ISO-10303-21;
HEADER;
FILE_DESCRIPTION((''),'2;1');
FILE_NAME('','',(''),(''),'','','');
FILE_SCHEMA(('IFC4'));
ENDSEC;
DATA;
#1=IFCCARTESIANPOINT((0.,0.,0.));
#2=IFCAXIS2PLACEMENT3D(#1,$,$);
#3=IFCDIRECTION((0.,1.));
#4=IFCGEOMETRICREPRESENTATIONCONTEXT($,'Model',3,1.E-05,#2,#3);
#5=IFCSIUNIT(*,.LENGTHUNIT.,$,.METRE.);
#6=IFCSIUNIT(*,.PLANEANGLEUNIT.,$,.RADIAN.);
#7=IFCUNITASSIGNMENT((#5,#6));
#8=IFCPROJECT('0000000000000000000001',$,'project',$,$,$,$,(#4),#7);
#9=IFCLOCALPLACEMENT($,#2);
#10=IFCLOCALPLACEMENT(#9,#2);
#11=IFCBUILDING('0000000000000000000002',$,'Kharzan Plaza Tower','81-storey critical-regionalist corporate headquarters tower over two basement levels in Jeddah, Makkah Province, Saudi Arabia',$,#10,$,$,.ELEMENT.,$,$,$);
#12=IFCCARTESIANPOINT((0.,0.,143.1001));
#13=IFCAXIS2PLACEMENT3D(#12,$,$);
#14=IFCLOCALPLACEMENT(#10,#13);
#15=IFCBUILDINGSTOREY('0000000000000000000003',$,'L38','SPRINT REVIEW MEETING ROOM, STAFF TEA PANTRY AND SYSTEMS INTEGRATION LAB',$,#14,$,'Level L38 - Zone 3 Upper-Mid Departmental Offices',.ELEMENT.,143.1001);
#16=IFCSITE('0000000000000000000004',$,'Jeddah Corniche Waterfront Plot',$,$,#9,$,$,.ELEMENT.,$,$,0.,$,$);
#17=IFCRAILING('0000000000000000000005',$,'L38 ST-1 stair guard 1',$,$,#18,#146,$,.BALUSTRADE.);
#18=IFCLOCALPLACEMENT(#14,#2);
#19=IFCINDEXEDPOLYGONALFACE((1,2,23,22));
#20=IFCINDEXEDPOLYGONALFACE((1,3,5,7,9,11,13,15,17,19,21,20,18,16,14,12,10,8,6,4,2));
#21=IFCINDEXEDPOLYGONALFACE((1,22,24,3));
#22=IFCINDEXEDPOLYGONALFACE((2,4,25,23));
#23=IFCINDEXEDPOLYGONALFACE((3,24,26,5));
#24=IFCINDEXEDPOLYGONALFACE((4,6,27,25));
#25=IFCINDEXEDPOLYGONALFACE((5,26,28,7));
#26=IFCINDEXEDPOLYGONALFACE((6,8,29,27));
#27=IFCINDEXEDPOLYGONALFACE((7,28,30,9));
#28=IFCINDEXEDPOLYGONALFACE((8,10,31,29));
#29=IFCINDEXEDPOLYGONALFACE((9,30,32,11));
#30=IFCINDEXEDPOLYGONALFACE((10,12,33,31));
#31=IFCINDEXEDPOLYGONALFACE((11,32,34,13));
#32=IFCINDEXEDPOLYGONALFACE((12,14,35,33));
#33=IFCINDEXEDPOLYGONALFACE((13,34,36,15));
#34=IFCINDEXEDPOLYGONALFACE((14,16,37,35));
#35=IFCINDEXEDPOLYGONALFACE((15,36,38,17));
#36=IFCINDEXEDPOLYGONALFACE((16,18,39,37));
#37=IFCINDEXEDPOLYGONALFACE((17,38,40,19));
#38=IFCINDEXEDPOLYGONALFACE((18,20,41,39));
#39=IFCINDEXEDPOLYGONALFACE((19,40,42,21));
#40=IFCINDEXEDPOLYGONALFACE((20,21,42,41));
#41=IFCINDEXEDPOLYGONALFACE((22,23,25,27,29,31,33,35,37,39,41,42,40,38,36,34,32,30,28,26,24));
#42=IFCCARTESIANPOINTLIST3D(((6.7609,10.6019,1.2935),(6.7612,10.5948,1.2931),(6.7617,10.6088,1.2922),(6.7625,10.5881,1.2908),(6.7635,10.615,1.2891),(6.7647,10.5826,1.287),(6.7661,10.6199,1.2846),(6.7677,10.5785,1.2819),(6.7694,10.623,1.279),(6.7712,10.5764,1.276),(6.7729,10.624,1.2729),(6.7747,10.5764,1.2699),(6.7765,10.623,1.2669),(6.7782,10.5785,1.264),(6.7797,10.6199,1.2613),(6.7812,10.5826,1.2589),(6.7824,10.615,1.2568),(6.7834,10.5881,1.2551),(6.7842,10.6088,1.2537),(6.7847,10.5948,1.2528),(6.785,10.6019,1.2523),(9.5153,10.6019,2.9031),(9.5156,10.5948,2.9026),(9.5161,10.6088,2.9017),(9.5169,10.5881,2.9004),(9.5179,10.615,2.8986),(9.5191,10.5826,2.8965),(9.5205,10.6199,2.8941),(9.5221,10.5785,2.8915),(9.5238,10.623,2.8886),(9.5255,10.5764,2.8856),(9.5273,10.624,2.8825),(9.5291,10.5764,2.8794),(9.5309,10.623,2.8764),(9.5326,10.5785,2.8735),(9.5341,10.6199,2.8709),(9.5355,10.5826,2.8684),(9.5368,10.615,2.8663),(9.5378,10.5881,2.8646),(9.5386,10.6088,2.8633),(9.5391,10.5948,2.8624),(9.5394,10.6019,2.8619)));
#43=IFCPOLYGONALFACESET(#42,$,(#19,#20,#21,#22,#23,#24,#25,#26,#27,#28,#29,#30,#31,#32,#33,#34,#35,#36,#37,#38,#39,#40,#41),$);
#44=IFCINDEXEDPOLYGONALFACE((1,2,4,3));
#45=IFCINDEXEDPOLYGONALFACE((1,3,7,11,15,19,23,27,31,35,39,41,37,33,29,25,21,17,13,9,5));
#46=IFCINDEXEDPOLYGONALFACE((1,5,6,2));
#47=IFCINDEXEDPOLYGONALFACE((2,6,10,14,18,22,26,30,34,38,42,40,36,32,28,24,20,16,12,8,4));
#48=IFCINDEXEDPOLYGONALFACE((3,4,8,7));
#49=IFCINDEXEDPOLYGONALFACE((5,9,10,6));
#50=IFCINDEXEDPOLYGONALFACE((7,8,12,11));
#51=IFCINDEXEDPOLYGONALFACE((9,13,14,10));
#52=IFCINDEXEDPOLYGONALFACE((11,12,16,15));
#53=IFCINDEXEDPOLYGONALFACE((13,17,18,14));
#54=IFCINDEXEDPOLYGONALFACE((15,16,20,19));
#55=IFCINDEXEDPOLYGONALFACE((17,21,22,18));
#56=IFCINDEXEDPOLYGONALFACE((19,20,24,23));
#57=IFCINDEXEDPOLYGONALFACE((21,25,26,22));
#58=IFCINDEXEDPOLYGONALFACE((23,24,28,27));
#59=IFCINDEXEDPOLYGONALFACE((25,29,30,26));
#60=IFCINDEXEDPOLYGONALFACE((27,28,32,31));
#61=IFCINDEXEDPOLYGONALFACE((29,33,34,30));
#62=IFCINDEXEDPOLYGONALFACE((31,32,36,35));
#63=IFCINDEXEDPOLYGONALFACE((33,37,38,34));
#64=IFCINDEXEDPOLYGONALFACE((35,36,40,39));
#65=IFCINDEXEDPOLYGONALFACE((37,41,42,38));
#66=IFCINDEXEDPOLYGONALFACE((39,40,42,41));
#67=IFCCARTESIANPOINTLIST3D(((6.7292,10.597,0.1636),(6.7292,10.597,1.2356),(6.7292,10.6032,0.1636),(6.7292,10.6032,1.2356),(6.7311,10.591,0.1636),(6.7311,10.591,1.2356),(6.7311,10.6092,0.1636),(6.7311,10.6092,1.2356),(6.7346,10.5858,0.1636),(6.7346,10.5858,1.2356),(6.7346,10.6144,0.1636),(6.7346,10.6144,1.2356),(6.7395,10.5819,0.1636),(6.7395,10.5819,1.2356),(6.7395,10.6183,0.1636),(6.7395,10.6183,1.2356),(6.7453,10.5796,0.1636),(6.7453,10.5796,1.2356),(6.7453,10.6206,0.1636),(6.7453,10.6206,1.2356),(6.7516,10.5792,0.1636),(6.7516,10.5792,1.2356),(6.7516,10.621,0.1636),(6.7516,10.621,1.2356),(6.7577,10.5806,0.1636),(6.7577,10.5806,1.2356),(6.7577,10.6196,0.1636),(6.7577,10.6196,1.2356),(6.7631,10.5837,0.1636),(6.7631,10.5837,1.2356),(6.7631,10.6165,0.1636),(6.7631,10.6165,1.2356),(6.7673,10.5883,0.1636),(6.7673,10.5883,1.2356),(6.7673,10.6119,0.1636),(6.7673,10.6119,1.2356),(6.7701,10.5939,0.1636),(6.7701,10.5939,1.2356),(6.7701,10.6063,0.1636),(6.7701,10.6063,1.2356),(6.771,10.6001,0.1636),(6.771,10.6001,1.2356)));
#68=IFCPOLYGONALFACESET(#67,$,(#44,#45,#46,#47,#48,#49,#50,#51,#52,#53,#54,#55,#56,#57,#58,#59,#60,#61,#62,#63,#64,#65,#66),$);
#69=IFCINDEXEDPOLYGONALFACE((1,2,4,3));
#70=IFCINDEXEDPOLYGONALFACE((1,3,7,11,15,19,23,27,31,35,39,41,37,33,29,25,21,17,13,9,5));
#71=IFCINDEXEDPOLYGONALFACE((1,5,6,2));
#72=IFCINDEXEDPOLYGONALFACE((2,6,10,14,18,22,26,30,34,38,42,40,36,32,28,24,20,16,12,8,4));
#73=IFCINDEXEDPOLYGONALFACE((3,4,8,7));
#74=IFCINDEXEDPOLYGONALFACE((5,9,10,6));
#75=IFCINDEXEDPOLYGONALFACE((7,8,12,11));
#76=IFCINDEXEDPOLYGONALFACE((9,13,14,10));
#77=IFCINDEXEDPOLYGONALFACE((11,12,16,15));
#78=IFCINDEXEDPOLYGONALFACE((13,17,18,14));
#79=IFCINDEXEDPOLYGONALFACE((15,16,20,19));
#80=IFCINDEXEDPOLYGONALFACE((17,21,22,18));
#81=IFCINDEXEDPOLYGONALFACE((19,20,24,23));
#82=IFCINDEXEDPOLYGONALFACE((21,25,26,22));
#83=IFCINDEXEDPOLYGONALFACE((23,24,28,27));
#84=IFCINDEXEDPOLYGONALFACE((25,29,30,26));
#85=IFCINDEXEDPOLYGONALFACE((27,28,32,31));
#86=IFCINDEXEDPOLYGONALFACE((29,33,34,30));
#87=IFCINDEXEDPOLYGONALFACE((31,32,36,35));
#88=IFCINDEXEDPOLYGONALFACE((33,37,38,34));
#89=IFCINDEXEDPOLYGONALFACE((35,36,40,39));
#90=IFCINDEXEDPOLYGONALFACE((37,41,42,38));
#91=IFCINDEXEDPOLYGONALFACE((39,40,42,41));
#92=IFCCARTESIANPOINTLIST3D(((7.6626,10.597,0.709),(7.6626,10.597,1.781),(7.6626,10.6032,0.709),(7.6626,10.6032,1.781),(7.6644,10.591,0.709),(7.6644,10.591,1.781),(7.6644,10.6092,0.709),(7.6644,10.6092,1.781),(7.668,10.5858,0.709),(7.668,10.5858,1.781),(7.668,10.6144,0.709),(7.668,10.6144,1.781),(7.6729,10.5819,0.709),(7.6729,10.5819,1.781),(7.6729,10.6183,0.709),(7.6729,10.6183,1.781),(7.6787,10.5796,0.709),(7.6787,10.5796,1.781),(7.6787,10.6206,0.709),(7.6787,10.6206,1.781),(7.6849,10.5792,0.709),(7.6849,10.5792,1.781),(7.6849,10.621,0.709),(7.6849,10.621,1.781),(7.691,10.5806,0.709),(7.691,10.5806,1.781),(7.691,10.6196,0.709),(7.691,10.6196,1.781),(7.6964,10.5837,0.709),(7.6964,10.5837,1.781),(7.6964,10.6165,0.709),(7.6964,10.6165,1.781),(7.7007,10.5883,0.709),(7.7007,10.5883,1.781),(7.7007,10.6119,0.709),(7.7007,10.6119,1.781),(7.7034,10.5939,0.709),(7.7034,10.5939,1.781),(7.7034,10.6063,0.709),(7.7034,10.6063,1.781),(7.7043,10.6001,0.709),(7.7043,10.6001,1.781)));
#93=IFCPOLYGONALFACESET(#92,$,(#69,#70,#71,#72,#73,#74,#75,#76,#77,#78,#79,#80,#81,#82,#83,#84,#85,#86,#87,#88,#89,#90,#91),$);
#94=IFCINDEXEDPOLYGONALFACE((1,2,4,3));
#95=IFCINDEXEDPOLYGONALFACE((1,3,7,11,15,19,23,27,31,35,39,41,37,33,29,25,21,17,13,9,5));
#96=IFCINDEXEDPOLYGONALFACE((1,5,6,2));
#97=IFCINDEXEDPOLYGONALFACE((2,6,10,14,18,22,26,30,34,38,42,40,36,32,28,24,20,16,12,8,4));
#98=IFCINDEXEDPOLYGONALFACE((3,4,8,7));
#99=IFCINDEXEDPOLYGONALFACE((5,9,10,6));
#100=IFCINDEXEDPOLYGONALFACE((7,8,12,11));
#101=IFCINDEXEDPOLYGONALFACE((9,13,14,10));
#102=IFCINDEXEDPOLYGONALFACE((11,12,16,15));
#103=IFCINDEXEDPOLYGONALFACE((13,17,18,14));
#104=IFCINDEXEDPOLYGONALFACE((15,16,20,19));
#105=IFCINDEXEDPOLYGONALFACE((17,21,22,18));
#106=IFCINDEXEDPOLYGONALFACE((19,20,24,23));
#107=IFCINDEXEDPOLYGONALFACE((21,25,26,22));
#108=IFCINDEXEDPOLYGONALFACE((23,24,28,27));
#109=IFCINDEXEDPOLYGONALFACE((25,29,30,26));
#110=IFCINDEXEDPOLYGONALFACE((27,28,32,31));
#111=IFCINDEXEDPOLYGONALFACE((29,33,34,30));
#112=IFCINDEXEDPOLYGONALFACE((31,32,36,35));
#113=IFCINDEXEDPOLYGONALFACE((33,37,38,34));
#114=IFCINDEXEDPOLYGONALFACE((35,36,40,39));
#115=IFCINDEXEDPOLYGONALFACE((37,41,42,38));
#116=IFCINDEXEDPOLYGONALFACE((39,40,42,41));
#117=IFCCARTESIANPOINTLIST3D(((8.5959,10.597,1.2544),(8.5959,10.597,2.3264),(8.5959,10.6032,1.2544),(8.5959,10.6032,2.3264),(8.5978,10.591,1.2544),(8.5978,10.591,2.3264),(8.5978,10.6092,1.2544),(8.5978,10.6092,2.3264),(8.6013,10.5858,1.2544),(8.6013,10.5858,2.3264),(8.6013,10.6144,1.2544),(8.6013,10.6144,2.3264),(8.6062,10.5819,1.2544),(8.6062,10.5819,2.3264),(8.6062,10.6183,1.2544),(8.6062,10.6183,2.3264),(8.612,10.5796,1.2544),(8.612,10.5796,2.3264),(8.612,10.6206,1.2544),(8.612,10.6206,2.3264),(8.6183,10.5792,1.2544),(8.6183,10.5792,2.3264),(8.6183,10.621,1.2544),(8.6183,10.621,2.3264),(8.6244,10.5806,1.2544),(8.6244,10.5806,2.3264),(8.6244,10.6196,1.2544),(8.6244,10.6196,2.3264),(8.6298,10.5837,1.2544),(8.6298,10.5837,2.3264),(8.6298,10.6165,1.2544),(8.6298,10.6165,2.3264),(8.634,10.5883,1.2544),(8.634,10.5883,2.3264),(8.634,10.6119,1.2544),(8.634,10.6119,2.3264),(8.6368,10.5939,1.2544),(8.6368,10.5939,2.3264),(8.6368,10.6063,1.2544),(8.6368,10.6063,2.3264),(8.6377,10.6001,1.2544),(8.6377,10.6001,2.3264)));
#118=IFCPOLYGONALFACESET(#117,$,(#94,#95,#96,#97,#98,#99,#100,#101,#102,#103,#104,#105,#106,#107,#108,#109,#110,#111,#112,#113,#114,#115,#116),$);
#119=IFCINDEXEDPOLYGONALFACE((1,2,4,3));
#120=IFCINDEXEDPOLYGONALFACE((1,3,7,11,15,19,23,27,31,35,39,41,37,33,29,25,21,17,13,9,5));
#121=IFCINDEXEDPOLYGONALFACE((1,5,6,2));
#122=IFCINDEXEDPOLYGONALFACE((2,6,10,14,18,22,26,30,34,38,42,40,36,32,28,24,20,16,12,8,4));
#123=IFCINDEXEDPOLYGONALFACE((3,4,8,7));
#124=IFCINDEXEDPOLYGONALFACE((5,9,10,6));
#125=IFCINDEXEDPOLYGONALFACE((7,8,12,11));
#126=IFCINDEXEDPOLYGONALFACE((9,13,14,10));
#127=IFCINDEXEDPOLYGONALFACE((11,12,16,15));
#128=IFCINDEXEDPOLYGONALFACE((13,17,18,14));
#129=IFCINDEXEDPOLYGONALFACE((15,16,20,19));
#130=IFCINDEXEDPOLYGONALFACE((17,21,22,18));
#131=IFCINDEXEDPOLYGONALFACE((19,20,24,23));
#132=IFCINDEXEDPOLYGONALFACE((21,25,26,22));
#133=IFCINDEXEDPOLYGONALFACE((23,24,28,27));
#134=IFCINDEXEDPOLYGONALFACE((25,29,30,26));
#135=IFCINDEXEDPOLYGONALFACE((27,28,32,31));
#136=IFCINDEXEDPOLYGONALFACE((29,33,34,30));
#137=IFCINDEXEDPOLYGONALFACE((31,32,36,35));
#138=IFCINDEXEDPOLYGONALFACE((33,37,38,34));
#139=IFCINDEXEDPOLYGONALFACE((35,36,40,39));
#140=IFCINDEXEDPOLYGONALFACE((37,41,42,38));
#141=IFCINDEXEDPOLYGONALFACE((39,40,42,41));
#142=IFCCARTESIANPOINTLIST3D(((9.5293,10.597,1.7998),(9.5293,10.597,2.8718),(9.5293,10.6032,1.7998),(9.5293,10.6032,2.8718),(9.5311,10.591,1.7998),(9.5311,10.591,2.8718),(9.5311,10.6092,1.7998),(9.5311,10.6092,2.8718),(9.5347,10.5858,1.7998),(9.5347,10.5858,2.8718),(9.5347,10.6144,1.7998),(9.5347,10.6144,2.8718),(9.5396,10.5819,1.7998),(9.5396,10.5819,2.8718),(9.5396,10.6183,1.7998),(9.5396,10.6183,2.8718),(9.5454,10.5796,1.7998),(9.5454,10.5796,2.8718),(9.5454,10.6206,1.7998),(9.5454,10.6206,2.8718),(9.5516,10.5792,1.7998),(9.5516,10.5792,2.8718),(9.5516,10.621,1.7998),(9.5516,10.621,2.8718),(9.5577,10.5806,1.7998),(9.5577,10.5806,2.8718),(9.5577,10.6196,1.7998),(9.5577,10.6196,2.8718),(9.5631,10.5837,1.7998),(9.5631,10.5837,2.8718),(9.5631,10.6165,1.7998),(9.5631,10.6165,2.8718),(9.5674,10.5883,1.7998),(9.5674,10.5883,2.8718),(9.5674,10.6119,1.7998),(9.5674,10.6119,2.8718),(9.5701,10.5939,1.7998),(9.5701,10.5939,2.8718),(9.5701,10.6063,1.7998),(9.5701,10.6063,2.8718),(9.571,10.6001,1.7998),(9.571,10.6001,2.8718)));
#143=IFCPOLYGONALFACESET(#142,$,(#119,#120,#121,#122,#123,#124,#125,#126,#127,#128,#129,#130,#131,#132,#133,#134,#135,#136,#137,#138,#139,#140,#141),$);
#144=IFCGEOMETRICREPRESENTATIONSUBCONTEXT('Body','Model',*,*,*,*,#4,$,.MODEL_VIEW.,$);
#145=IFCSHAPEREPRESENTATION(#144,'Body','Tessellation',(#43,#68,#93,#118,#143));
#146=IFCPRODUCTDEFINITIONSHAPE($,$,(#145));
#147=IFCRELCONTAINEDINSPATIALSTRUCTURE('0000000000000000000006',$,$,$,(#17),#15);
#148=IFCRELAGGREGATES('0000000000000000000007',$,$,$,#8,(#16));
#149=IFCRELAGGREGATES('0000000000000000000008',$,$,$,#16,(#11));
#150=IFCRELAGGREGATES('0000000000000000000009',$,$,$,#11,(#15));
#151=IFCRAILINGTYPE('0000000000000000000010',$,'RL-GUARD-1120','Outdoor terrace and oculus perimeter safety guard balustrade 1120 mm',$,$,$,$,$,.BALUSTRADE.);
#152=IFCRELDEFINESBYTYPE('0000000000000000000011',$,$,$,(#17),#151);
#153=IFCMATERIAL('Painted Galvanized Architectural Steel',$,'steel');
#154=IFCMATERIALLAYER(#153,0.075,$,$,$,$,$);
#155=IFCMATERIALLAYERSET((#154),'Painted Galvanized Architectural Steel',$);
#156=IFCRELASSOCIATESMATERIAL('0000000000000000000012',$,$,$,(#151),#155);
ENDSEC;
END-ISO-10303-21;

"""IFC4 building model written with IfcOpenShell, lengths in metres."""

from ifc_helpers import new_model, si_unit, direction, frame, origin, origin_2d, place, context, subcontext, project, spatial, circle, extrude, source, transform, mapped, material, layer, layer_set, type_object, element, save


model = new_model("IFC4")

# Units and contexts
model_context = context("Model", 3, precision=1e-05, world=origin(), true_north=direction((0.0, 1.0)))
body_context = subcontext(model_context, "Body", "Model", "MODEL_VIEW")
ifc_project = project(units=[si_unit("LENGTHUNIT", "METRE"), si_unit("PLANEANGLEUNIT", "RADIAN")], contexts=[model_context])

# Site, building, storey
site_placement = place(None, origin())
site = spatial("IfcSite", under=ifc_project, at=site_placement, Name="Jeddah Corniche Waterfront Plot", CompositionType="ELEMENT", RefElevation=0.0)
building_placement = place(site_placement, origin())
building = spatial("IfcBuilding", under=site, at=building_placement, Name="Kharzan Plaza Tower", Description="81-storey critical-regionalist corporate headquarters tower over two basement levels in Jeddah, Makkah Province, Saudi Arabia", CompositionType="ELEMENT")
storey_placement = place(building_placement, frame((0.0, 0.0, 143.1001)))
storey = spatial("IfcBuildingStorey", under=building, at=storey_placement, Name="L38", Description="SPRINT REVIEW MEETING ROOM, STAFF TEA PANTRY AND SYSTEMS INTEGRATION LAB", LongName="Level L38 - Zone 3 Upper-Mid Departmental Offices", CompositionType="ELEMENT", Elevation=143.1001)

# Shared definitions
ifc_material_1 = material(Name="Painted Galvanized Architectural Steel", Category="steel")
ifc_layer_1 = layer(ifc_material_1, 0.075)
ifc_layer_set_1 = layer_set([ifc_layer_1], Name="Painted Galvanized Architectural Steel")
railing_type = type_object("IfcRailingType", Name="RL-GUARD-1120", Description="Outdoor terrace and oculus perimeter safety guard balustrade 1120 mm", PredefinedType="BALUSTRADE", material=ifc_layer_set_1)

# Railing
shared_shape_1 = source(origin(), body_context, "Body", "SweptSolid", [
    extrude(circle(Radius=0.0239, at=origin_2d()), frame((0.0229, 0.0, 1.1094), z_axis=(0.863394, 0.0, 0.504531), x_axis=(0.0, 1.0, 0.0)), (0.0, 0.0, 1.0), 3.1902),
    extrude(circle(Radius=0.021, at=origin_2d()), origin(), (0.0, 0.0, 1.0), 1.072),
    extrude(circle(Radius=0.021, at=origin_2d()), frame((0.9333, 0.0, 0.5454)), (0.0, 0.0, 1.0), 1.072),
    extrude(circle(Radius=0.021, at=origin_2d()), frame((1.8667, 0.0, 1.0908)), (0.0, 0.0, 1.0), 1.072),
    extrude(circle(Radius=0.021, at=origin_2d()), frame((2.8, 0.0, 1.6362)), (0.0, 0.0, 1.0), 1.072),
])
railing_1_placement = place(storey_placement, frame((6.75, 10.6001, 0.1636)))
element("IfcRailing", 1, at=railing_1_placement, inside=storey, type_object=railing_type, Name="L38 ST-1 stair guard 1", PredefinedType="BALUSTRADE", context=body_context, shape_type="MappedRepresentation", body=[
    mapped(shared_shape_1, transform((0.0, 0.0, 0.0), x_axis=(1.0, 0.0, 0.0), y_axis=(0.0, 1.0, 0.0), z_axis=(0.0, 0.0, 1.0))),
])

save(model, "model.ifc")
